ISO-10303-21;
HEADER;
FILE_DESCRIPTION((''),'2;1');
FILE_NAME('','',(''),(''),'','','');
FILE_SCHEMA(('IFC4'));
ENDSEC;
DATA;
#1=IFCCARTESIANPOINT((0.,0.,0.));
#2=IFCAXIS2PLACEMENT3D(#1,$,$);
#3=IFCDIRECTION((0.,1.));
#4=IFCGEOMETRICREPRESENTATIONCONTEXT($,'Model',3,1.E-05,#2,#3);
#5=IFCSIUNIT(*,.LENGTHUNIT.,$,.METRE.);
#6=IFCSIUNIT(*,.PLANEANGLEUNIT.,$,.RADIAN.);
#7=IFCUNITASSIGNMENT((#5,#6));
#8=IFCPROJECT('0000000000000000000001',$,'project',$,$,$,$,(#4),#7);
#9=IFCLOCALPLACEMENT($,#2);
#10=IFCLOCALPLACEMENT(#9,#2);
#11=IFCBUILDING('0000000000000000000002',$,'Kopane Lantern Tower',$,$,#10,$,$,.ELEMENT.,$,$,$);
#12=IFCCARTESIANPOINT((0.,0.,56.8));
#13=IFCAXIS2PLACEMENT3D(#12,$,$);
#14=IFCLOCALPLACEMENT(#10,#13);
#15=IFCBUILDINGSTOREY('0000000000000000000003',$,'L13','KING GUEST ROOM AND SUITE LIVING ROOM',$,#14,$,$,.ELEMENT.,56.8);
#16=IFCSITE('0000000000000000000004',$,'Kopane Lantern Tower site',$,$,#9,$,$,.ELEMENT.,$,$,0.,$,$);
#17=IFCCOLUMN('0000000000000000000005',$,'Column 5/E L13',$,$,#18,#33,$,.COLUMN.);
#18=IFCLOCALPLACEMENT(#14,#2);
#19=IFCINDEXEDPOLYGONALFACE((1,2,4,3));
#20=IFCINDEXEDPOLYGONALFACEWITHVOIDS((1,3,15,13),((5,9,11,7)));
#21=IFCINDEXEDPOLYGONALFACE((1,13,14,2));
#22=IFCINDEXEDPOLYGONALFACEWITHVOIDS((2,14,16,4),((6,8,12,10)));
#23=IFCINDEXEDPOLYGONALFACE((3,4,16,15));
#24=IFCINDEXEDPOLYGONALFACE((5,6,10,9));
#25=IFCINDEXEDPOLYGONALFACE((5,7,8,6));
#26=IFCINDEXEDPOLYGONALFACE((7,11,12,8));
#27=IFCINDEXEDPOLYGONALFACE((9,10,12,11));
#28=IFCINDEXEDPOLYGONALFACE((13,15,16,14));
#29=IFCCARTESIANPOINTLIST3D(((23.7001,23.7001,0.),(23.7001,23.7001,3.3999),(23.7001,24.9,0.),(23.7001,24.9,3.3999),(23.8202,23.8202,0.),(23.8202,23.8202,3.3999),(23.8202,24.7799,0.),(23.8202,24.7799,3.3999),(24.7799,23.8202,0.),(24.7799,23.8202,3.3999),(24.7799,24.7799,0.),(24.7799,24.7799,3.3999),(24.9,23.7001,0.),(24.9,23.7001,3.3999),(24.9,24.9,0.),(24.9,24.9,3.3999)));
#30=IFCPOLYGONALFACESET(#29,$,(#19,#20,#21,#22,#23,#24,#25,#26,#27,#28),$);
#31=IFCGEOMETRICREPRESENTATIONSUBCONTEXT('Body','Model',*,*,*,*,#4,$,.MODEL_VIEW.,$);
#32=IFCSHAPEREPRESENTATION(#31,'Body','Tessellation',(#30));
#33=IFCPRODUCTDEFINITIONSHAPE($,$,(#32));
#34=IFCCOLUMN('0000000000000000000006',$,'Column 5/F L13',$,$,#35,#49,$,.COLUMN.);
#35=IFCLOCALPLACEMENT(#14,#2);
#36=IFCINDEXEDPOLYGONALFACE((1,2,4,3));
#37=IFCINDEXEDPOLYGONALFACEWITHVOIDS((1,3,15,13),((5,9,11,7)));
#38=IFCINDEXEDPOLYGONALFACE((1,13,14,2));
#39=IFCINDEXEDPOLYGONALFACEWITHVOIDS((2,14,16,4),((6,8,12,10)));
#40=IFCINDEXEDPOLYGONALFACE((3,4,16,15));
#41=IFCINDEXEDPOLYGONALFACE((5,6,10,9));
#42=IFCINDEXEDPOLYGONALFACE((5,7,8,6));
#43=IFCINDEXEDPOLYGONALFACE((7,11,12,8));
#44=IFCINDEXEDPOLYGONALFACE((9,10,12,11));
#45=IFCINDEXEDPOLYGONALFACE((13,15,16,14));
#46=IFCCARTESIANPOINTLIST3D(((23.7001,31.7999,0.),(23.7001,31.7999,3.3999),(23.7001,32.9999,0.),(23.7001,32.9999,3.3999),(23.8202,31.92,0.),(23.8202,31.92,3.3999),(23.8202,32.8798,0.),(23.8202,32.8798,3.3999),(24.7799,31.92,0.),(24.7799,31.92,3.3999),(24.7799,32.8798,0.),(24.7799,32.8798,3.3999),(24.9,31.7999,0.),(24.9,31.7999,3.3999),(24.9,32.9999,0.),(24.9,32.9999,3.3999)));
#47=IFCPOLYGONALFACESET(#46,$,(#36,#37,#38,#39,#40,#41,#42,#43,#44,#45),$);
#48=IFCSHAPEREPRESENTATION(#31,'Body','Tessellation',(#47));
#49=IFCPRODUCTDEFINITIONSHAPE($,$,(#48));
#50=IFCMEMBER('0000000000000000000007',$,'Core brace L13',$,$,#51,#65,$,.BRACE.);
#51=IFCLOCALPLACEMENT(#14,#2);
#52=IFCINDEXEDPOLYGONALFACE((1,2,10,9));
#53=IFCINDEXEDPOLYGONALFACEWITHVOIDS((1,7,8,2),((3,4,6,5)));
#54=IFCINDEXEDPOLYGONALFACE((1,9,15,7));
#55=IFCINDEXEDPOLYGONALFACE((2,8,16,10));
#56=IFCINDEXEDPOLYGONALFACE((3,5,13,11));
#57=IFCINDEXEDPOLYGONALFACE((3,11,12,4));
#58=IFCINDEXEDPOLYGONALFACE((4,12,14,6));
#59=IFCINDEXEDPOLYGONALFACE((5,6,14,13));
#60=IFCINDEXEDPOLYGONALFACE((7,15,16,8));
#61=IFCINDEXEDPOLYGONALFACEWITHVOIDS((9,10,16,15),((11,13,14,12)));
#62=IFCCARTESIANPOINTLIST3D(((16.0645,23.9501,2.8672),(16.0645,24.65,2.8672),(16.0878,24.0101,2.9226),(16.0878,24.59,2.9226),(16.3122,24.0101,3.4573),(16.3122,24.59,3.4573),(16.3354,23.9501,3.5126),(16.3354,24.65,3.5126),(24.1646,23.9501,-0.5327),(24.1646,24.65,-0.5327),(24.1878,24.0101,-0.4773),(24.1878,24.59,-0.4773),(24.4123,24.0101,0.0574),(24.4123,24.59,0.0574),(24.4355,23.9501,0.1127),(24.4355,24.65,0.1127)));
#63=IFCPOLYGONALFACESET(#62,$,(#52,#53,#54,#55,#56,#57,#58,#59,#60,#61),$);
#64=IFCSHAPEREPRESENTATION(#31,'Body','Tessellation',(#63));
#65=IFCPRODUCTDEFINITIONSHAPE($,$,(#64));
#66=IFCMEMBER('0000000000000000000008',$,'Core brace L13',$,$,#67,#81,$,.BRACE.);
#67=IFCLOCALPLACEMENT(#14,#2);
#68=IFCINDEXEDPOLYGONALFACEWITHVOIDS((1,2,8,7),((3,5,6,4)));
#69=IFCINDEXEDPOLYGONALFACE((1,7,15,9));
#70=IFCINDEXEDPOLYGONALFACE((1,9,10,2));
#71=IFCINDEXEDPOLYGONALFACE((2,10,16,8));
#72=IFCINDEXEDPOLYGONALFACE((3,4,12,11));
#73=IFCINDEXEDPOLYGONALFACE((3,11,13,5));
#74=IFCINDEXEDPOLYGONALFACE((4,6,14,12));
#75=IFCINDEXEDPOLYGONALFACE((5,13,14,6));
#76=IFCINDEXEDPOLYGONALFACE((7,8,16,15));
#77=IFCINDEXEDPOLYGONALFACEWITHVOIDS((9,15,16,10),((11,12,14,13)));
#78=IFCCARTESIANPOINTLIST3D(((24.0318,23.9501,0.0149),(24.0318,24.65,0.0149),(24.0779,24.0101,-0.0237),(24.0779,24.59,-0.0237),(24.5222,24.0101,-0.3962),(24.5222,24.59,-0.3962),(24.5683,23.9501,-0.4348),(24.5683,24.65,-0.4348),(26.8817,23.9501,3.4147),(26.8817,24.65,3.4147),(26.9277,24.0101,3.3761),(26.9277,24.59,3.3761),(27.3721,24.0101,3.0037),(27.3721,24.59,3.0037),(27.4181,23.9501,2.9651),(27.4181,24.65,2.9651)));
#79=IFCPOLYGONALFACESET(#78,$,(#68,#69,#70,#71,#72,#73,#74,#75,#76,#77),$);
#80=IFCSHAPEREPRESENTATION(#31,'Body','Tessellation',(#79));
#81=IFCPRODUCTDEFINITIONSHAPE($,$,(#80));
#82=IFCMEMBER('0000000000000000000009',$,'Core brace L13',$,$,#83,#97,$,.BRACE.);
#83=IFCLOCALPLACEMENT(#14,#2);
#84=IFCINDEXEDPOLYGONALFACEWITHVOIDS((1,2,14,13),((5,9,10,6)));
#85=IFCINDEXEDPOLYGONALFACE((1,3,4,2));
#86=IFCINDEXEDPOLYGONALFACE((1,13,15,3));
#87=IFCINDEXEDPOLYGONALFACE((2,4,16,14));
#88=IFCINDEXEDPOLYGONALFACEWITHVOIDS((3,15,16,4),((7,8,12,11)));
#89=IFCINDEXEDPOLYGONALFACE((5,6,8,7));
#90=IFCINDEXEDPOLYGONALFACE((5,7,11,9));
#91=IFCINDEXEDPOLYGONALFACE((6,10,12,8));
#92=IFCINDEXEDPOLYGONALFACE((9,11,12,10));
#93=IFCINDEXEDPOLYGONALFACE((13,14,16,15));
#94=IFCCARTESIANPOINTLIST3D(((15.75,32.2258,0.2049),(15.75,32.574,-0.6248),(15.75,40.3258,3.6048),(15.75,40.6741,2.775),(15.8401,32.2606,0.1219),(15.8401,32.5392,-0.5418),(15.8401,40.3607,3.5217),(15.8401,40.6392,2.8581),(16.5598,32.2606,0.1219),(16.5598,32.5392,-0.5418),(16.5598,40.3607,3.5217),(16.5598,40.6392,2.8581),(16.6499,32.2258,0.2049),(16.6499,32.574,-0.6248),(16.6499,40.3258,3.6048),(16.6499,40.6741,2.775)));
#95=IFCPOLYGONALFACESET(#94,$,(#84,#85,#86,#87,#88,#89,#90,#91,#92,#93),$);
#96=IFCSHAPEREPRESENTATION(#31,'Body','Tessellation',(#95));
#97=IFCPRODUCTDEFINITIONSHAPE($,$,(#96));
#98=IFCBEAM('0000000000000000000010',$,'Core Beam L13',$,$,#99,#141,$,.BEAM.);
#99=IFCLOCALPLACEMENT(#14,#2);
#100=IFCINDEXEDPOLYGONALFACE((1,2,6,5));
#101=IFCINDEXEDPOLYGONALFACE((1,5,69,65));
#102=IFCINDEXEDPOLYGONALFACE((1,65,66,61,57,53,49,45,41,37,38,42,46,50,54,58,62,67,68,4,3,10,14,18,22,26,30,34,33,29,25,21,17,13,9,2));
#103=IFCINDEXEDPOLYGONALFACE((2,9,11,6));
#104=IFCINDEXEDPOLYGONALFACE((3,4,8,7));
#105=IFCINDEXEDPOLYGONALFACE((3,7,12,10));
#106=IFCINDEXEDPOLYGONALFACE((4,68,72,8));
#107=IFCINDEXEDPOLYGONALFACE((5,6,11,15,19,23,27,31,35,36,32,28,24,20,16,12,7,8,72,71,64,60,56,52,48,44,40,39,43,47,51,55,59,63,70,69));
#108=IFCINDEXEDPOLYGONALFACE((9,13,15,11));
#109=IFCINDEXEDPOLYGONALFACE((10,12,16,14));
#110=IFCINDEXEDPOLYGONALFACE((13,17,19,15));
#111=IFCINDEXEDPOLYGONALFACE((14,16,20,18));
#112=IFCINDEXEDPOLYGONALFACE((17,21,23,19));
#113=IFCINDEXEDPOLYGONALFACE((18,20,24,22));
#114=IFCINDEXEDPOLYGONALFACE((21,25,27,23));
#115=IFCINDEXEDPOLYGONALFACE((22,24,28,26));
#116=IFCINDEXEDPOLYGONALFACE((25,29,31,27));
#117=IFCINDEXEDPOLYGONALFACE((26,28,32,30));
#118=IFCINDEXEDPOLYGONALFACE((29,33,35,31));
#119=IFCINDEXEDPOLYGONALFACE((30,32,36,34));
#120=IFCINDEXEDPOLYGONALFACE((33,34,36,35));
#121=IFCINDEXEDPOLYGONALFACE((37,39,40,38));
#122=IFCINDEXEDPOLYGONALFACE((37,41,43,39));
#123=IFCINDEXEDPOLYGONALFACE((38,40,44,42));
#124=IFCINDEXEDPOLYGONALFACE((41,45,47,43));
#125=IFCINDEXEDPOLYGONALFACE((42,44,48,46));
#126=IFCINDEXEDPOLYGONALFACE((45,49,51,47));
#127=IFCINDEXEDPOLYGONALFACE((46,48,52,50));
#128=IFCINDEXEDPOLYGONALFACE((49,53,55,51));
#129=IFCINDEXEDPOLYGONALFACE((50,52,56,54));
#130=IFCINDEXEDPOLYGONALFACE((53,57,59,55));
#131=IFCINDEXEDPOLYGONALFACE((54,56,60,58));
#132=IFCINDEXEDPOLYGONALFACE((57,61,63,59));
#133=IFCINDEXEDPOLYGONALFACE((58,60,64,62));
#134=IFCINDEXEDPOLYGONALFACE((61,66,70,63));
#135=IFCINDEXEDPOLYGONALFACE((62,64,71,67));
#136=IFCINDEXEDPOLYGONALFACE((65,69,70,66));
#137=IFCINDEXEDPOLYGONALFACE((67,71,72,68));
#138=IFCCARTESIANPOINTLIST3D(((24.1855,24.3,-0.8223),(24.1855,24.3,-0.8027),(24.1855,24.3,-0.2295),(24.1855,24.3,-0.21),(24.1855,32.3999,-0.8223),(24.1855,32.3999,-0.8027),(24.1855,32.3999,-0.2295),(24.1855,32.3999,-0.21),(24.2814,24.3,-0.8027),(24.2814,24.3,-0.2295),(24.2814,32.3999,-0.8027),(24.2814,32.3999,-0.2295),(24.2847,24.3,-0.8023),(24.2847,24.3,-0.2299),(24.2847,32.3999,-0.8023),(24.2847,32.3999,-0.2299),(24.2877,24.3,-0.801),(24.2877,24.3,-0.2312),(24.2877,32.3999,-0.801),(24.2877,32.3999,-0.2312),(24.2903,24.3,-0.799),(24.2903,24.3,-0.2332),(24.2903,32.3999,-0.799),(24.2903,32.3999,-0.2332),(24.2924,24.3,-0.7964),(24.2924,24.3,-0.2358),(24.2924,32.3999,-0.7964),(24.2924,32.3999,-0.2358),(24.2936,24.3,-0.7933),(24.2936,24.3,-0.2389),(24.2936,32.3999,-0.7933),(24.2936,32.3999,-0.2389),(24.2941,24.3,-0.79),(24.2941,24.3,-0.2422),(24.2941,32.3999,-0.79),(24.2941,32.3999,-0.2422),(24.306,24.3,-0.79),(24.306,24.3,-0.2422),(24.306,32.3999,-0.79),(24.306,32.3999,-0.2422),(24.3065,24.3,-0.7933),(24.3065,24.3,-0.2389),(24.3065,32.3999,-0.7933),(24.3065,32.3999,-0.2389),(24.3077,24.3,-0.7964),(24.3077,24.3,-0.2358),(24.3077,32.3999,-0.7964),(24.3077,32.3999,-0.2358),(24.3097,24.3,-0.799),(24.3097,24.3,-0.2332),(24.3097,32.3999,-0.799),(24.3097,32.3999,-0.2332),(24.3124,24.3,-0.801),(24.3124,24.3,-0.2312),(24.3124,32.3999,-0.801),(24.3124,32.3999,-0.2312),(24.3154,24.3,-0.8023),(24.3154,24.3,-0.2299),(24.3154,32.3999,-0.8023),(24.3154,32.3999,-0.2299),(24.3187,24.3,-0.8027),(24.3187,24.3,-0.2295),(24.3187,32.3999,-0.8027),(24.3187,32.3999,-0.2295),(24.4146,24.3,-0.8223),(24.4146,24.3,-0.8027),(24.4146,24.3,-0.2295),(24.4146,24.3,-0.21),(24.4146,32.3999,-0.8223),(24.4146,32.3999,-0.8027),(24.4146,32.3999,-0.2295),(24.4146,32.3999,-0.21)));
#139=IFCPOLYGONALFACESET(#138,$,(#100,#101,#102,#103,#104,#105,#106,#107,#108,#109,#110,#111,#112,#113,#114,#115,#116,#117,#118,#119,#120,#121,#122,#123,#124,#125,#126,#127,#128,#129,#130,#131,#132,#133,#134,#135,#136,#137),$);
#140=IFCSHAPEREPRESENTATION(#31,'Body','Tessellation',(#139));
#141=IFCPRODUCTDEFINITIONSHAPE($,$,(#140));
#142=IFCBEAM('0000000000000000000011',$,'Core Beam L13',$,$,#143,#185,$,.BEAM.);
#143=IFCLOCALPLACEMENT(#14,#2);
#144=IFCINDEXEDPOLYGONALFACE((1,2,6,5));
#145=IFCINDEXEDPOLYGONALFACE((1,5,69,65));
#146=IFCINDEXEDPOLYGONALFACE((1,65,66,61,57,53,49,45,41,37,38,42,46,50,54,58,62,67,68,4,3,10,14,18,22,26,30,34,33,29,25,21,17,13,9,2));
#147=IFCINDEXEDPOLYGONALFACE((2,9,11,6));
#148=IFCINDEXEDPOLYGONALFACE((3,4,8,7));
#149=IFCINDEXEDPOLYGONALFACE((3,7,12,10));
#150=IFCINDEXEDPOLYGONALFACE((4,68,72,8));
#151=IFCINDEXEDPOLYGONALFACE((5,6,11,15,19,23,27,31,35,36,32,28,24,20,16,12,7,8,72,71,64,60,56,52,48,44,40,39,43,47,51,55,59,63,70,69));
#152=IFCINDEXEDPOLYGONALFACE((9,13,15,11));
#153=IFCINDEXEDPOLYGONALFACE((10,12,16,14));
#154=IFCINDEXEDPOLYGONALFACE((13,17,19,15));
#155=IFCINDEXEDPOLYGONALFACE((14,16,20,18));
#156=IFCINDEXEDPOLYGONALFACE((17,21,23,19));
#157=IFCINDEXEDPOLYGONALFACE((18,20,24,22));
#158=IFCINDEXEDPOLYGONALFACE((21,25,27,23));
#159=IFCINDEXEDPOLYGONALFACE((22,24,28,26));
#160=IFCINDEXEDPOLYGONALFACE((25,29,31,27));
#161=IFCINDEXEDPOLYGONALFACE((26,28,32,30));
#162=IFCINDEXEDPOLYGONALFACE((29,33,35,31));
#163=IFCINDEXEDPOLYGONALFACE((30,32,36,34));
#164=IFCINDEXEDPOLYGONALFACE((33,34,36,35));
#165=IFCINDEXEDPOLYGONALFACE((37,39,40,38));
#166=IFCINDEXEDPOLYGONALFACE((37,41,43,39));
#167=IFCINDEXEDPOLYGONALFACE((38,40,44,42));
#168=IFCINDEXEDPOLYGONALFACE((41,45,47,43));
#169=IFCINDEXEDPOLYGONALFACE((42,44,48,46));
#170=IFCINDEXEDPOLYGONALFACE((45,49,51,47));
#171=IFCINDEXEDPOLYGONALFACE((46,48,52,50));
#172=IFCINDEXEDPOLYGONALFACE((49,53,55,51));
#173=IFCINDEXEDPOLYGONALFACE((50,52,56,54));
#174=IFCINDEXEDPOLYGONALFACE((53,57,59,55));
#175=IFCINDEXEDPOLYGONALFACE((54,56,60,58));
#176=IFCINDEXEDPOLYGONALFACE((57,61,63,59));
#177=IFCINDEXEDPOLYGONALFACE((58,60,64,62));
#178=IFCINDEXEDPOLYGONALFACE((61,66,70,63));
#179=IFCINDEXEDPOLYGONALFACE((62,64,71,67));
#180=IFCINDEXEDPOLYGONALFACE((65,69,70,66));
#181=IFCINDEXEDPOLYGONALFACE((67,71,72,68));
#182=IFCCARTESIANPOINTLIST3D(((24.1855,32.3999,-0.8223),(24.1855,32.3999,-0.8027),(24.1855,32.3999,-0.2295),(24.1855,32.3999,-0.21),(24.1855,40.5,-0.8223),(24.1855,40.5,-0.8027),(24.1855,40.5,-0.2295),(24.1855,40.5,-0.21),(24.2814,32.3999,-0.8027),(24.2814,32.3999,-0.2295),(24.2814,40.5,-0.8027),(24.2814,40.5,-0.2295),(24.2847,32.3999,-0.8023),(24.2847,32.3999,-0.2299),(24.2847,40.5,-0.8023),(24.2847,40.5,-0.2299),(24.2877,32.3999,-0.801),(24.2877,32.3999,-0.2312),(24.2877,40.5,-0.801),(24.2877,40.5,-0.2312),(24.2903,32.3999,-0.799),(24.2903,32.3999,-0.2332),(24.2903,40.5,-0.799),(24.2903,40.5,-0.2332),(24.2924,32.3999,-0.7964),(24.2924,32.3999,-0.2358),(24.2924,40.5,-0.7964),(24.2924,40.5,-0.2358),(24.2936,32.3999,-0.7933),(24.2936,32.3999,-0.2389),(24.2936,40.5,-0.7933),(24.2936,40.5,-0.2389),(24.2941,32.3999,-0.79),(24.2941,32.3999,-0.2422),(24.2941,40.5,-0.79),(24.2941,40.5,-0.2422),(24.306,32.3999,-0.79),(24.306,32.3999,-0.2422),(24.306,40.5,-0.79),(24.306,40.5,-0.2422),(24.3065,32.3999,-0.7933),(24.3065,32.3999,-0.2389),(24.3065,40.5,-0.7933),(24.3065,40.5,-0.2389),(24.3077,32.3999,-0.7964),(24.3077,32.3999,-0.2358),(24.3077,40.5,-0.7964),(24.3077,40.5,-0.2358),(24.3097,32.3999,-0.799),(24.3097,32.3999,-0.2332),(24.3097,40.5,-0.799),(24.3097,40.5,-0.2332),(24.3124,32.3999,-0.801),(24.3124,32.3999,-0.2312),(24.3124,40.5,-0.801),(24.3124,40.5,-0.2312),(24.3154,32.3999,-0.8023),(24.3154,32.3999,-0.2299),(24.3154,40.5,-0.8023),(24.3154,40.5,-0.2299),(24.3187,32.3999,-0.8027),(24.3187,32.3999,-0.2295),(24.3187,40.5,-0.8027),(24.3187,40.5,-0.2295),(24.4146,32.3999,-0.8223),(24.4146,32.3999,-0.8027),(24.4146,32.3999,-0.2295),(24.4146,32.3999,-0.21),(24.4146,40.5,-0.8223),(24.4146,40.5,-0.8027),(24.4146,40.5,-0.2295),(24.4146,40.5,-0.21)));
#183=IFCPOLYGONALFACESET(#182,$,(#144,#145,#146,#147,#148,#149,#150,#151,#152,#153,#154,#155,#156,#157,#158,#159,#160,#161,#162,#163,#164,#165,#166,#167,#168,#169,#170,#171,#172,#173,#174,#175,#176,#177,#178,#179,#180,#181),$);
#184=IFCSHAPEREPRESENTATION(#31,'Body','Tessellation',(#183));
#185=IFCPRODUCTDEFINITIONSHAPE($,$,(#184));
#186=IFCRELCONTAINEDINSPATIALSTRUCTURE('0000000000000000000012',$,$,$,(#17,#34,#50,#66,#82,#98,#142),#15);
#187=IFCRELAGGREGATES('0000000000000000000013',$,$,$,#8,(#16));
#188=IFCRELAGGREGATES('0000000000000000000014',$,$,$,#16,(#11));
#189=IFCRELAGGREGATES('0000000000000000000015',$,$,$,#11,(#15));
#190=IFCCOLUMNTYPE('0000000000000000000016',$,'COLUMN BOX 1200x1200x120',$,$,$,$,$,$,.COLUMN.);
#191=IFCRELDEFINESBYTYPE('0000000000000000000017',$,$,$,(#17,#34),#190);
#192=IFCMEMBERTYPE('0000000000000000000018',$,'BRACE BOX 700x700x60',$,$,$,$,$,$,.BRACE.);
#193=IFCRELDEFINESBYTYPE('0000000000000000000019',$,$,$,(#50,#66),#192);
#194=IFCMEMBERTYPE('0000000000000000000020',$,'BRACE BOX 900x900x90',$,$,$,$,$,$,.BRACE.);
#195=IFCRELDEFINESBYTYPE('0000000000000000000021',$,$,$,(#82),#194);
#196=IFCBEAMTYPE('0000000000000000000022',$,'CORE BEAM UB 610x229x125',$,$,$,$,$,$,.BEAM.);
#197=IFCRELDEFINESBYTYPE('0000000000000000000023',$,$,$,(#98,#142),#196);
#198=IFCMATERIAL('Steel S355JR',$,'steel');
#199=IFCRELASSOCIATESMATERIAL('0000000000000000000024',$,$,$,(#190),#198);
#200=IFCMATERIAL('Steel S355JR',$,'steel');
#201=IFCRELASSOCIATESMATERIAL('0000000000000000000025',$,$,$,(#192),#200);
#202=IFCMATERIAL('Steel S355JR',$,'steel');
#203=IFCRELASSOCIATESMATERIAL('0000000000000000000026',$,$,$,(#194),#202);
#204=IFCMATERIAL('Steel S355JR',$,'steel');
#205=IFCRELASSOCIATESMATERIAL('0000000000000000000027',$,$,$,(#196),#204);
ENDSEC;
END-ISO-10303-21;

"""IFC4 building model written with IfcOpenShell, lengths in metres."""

from ifc_helpers import new_model, si_unit, direction, frame, origin, origin_2d, place, context, subcontext, project, spatial, hollow_rectangle, i_section, extrude, material, material_profile, profile_set, type_object, element, save


model = new_model("IFC4")

# Units and contexts
model_context = context("Model", 3, precision=1e-05, world=origin(), true_north=direction((0.0, 1.0)))
body_context = subcontext(model_context, "Body", "Model", "MODEL_VIEW")
ifc_project = project(units=[si_unit("LENGTHUNIT", "METRE"), si_unit("PLANEANGLEUNIT", "RADIAN")], contexts=[model_context])

# Site, building, storey
site_placement = place(None, origin())
site = spatial("IfcSite", under=ifc_project, at=site_placement, Name="Kopane Lantern Tower site", CompositionType="ELEMENT", RefElevation=0.0)
building_placement = place(site_placement, origin())
building = spatial("IfcBuilding", under=site, at=building_placement, Name="Kopane Lantern Tower", CompositionType="ELEMENT")
storey_placement = place(building_placement, frame((0.0, 0.0, 56.8)))
storey = spatial("IfcBuildingStorey", under=building, at=storey_placement, Name="L13", Description="KING GUEST ROOM AND SUITE LIVING ROOM", CompositionType="ELEMENT", Elevation=56.8)

# Columns
ifc_material_1 = material(Name="Steel S355JR", Category="steel")
ifc_material_profile_1 = material_profile(ifc_material_1, hollow_rectangle(XDim=1.2, YDim=1.2, WallThickness=0.1201, at=origin_2d()), Name="BOX 1200x1200x120")
ifc_profile_set_1 = profile_set([ifc_material_profile_1], Name="Steel S355JR")
column_type = type_object("IfcColumnType", Name="COLUMN BOX 1200x1200x120", PredefinedType="COLUMN", material=ifc_profile_set_1)
for number, where, z_axis, x_axis, name in (
    (1, (24.3, 24.3, 0.0), (0.0, 0.0, 1.0), (1.0, 0.0, 0.0), "Column 5/E L13"),
    (2, (24.3, 32.3999, 0.0), (0.0, 0.0, 1.0), (1.0, 0.0, 0.0), "Column 5/F L13"),
):
    element("IfcColumn", number, at=place(storey_placement, frame(where, z_axis=z_axis, x_axis=x_axis)), inside=storey, type_object=column_type, Name=name, PredefinedType="COLUMN", context=body_context, shape_type="SweptSolid", body=[
        extrude(hollow_rectangle(XDim=1.2, YDim=1.2, WallThickness=0.1201, at=origin_2d()), origin(), (0.0, 0.0, 1.0), 3.3999),
    ])

# Members
ifc_material_2 = material(Name="Steel S355JR", Category="steel")
ifc_material_profile_2 = material_profile(ifc_material_2, hollow_rectangle(XDim=0.7, YDim=0.7, WallThickness=0.0601, at=origin_2d()), Name="BOX 700x700x60")
ifc_profile_set_2 = profile_set([ifc_material_profile_2], Name="Steel S355JR")
member_type_1 = type_object("IfcMemberType", Name="BRACE BOX 700x700x60", PredefinedType="BRACE", material=ifc_profile_set_2)
member_1_placement = place(storey_placement, frame((24.3, 24.3, -0.21), z_axis=(-0.922069, 0.0, 0.387026), x_axis=(0.0, -1.0, 0.0)))
element("IfcMember", 3, at=member_1_placement, inside=storey, type_object=member_type_1, Name="Core brace L13", PredefinedType="BRACE", context=body_context, shape_type="SweptSolid", body=[
    extrude(hollow_rectangle(XDim=0.7, YDim=0.7, WallThickness=0.0601, at=origin_2d()), origin(), (0.0, 0.0, 1.0), 8.7847),
])
member_2_placement = place(storey_placement, frame((24.3, 24.3, -0.21), z_axis=(0.64239, 0.0, 0.766378), x_axis=(0.0, 1.0, 0.0)))
element("IfcMember", 4, at=member_2_placement, inside=storey, type_object=member_type_1, Name="Core brace L13", PredefinedType="BRACE", context=body_context, shape_type="SweptSolid", body=[
    extrude(hollow_rectangle(XDim=0.7, YDim=0.7, WallThickness=0.0601, at=origin_2d()), origin(), (0.0, 0.0, 1.0), 4.4363),
])
ifc_material_3 = material(Name="Steel S355JR", Category="steel")
ifc_material_profile_3 = material_profile(ifc_material_3, hollow_rectangle(XDim=0.8999, YDim=0.8999, WallThickness=0.0901, at=origin_2d()), Name="BOX 900x900x90")
ifc_profile_set_3 = profile_set([ifc_material_profile_3], Name="Steel S355JR")
member_type_2 = type_object("IfcMemberType", Name="BRACE BOX 900x900x90", PredefinedType="BRACE", material=ifc_profile_set_3)
member_3_placement = place(storey_placement, frame((16.2, 32.3999, -0.21), z_axis=(0.0, 0.922069, 0.387026), x_axis=(-1.0, 0.0, 0.0)))
element("IfcMember", 5, at=member_3_placement, inside=storey, type_object=member_type_2, Name="Core brace L13", PredefinedType="BRACE", context=body_context, shape_type="SweptSolid", body=[
    extrude(hollow_rectangle(XDim=0.8999, YDim=0.8999, WallThickness=0.0901, at=origin_2d()), origin(), (0.0, 0.0, 1.0), 8.7847),
])

# Beams
ifc_material_4 = material(Name="Steel S355JR", Category="steel")
ifc_material_profile_4 = material_profile(ifc_material_4, i_section(OverallWidth=0.229, OverallDepth=0.6123, WebThickness=0.012, FlangeThickness=0.0195, FilletRadius=0.0127, at=origin_2d()), Name="UB 610x229x125")
ifc_profile_set_4 = profile_set([ifc_material_profile_4], Name="Steel S355JR")
beam_type_1 = type_object("IfcBeamType", Name="CORE BEAM UB 610x229x125", PredefinedType="BEAM", material=ifc_profile_set_4)
beam_1_placement = place(storey_placement, frame((24.3, 24.3, -0.5161), z_axis=(0.0, 1.0, 0.0), x_axis=(-1.0, 0.0, 0.0)))
element("IfcBeam", 6, at=beam_1_placement, inside=storey, type_object=beam_type_1, Name="Core Beam L13", PredefinedType="BEAM", context=body_context, shape_type="SweptSolid", body=[
    extrude(i_section(OverallWidth=0.229, OverallDepth=0.6123, WebThickness=0.012, FlangeThickness=0.0195, FilletRadius=0.0127, at=origin_2d()), origin(), (0.0, 0.0, 1.0), 8.0999),
])
beam_2_placement = place(storey_placement, frame((24.3, 32.3999, -0.5161), z_axis=(0.0, 1.0, 0.0), x_axis=(-1.0, 0.0, 0.0)))
element("IfcBeam", 7, at=beam_2_placement, inside=storey, type_object=beam_type_1, Name="Core Beam L13", PredefinedType="BEAM", context=body_context, shape_type="SweptSolid", body=[
    extrude(i_section(OverallWidth=0.229, OverallDepth=0.6123, WebThickness=0.012, FlangeThickness=0.0195, FilletRadius=0.0127, at=origin_2d()), origin(), (0.0, 0.0, 1.0), 8.1001),
])

save(model, "model.ifc")
